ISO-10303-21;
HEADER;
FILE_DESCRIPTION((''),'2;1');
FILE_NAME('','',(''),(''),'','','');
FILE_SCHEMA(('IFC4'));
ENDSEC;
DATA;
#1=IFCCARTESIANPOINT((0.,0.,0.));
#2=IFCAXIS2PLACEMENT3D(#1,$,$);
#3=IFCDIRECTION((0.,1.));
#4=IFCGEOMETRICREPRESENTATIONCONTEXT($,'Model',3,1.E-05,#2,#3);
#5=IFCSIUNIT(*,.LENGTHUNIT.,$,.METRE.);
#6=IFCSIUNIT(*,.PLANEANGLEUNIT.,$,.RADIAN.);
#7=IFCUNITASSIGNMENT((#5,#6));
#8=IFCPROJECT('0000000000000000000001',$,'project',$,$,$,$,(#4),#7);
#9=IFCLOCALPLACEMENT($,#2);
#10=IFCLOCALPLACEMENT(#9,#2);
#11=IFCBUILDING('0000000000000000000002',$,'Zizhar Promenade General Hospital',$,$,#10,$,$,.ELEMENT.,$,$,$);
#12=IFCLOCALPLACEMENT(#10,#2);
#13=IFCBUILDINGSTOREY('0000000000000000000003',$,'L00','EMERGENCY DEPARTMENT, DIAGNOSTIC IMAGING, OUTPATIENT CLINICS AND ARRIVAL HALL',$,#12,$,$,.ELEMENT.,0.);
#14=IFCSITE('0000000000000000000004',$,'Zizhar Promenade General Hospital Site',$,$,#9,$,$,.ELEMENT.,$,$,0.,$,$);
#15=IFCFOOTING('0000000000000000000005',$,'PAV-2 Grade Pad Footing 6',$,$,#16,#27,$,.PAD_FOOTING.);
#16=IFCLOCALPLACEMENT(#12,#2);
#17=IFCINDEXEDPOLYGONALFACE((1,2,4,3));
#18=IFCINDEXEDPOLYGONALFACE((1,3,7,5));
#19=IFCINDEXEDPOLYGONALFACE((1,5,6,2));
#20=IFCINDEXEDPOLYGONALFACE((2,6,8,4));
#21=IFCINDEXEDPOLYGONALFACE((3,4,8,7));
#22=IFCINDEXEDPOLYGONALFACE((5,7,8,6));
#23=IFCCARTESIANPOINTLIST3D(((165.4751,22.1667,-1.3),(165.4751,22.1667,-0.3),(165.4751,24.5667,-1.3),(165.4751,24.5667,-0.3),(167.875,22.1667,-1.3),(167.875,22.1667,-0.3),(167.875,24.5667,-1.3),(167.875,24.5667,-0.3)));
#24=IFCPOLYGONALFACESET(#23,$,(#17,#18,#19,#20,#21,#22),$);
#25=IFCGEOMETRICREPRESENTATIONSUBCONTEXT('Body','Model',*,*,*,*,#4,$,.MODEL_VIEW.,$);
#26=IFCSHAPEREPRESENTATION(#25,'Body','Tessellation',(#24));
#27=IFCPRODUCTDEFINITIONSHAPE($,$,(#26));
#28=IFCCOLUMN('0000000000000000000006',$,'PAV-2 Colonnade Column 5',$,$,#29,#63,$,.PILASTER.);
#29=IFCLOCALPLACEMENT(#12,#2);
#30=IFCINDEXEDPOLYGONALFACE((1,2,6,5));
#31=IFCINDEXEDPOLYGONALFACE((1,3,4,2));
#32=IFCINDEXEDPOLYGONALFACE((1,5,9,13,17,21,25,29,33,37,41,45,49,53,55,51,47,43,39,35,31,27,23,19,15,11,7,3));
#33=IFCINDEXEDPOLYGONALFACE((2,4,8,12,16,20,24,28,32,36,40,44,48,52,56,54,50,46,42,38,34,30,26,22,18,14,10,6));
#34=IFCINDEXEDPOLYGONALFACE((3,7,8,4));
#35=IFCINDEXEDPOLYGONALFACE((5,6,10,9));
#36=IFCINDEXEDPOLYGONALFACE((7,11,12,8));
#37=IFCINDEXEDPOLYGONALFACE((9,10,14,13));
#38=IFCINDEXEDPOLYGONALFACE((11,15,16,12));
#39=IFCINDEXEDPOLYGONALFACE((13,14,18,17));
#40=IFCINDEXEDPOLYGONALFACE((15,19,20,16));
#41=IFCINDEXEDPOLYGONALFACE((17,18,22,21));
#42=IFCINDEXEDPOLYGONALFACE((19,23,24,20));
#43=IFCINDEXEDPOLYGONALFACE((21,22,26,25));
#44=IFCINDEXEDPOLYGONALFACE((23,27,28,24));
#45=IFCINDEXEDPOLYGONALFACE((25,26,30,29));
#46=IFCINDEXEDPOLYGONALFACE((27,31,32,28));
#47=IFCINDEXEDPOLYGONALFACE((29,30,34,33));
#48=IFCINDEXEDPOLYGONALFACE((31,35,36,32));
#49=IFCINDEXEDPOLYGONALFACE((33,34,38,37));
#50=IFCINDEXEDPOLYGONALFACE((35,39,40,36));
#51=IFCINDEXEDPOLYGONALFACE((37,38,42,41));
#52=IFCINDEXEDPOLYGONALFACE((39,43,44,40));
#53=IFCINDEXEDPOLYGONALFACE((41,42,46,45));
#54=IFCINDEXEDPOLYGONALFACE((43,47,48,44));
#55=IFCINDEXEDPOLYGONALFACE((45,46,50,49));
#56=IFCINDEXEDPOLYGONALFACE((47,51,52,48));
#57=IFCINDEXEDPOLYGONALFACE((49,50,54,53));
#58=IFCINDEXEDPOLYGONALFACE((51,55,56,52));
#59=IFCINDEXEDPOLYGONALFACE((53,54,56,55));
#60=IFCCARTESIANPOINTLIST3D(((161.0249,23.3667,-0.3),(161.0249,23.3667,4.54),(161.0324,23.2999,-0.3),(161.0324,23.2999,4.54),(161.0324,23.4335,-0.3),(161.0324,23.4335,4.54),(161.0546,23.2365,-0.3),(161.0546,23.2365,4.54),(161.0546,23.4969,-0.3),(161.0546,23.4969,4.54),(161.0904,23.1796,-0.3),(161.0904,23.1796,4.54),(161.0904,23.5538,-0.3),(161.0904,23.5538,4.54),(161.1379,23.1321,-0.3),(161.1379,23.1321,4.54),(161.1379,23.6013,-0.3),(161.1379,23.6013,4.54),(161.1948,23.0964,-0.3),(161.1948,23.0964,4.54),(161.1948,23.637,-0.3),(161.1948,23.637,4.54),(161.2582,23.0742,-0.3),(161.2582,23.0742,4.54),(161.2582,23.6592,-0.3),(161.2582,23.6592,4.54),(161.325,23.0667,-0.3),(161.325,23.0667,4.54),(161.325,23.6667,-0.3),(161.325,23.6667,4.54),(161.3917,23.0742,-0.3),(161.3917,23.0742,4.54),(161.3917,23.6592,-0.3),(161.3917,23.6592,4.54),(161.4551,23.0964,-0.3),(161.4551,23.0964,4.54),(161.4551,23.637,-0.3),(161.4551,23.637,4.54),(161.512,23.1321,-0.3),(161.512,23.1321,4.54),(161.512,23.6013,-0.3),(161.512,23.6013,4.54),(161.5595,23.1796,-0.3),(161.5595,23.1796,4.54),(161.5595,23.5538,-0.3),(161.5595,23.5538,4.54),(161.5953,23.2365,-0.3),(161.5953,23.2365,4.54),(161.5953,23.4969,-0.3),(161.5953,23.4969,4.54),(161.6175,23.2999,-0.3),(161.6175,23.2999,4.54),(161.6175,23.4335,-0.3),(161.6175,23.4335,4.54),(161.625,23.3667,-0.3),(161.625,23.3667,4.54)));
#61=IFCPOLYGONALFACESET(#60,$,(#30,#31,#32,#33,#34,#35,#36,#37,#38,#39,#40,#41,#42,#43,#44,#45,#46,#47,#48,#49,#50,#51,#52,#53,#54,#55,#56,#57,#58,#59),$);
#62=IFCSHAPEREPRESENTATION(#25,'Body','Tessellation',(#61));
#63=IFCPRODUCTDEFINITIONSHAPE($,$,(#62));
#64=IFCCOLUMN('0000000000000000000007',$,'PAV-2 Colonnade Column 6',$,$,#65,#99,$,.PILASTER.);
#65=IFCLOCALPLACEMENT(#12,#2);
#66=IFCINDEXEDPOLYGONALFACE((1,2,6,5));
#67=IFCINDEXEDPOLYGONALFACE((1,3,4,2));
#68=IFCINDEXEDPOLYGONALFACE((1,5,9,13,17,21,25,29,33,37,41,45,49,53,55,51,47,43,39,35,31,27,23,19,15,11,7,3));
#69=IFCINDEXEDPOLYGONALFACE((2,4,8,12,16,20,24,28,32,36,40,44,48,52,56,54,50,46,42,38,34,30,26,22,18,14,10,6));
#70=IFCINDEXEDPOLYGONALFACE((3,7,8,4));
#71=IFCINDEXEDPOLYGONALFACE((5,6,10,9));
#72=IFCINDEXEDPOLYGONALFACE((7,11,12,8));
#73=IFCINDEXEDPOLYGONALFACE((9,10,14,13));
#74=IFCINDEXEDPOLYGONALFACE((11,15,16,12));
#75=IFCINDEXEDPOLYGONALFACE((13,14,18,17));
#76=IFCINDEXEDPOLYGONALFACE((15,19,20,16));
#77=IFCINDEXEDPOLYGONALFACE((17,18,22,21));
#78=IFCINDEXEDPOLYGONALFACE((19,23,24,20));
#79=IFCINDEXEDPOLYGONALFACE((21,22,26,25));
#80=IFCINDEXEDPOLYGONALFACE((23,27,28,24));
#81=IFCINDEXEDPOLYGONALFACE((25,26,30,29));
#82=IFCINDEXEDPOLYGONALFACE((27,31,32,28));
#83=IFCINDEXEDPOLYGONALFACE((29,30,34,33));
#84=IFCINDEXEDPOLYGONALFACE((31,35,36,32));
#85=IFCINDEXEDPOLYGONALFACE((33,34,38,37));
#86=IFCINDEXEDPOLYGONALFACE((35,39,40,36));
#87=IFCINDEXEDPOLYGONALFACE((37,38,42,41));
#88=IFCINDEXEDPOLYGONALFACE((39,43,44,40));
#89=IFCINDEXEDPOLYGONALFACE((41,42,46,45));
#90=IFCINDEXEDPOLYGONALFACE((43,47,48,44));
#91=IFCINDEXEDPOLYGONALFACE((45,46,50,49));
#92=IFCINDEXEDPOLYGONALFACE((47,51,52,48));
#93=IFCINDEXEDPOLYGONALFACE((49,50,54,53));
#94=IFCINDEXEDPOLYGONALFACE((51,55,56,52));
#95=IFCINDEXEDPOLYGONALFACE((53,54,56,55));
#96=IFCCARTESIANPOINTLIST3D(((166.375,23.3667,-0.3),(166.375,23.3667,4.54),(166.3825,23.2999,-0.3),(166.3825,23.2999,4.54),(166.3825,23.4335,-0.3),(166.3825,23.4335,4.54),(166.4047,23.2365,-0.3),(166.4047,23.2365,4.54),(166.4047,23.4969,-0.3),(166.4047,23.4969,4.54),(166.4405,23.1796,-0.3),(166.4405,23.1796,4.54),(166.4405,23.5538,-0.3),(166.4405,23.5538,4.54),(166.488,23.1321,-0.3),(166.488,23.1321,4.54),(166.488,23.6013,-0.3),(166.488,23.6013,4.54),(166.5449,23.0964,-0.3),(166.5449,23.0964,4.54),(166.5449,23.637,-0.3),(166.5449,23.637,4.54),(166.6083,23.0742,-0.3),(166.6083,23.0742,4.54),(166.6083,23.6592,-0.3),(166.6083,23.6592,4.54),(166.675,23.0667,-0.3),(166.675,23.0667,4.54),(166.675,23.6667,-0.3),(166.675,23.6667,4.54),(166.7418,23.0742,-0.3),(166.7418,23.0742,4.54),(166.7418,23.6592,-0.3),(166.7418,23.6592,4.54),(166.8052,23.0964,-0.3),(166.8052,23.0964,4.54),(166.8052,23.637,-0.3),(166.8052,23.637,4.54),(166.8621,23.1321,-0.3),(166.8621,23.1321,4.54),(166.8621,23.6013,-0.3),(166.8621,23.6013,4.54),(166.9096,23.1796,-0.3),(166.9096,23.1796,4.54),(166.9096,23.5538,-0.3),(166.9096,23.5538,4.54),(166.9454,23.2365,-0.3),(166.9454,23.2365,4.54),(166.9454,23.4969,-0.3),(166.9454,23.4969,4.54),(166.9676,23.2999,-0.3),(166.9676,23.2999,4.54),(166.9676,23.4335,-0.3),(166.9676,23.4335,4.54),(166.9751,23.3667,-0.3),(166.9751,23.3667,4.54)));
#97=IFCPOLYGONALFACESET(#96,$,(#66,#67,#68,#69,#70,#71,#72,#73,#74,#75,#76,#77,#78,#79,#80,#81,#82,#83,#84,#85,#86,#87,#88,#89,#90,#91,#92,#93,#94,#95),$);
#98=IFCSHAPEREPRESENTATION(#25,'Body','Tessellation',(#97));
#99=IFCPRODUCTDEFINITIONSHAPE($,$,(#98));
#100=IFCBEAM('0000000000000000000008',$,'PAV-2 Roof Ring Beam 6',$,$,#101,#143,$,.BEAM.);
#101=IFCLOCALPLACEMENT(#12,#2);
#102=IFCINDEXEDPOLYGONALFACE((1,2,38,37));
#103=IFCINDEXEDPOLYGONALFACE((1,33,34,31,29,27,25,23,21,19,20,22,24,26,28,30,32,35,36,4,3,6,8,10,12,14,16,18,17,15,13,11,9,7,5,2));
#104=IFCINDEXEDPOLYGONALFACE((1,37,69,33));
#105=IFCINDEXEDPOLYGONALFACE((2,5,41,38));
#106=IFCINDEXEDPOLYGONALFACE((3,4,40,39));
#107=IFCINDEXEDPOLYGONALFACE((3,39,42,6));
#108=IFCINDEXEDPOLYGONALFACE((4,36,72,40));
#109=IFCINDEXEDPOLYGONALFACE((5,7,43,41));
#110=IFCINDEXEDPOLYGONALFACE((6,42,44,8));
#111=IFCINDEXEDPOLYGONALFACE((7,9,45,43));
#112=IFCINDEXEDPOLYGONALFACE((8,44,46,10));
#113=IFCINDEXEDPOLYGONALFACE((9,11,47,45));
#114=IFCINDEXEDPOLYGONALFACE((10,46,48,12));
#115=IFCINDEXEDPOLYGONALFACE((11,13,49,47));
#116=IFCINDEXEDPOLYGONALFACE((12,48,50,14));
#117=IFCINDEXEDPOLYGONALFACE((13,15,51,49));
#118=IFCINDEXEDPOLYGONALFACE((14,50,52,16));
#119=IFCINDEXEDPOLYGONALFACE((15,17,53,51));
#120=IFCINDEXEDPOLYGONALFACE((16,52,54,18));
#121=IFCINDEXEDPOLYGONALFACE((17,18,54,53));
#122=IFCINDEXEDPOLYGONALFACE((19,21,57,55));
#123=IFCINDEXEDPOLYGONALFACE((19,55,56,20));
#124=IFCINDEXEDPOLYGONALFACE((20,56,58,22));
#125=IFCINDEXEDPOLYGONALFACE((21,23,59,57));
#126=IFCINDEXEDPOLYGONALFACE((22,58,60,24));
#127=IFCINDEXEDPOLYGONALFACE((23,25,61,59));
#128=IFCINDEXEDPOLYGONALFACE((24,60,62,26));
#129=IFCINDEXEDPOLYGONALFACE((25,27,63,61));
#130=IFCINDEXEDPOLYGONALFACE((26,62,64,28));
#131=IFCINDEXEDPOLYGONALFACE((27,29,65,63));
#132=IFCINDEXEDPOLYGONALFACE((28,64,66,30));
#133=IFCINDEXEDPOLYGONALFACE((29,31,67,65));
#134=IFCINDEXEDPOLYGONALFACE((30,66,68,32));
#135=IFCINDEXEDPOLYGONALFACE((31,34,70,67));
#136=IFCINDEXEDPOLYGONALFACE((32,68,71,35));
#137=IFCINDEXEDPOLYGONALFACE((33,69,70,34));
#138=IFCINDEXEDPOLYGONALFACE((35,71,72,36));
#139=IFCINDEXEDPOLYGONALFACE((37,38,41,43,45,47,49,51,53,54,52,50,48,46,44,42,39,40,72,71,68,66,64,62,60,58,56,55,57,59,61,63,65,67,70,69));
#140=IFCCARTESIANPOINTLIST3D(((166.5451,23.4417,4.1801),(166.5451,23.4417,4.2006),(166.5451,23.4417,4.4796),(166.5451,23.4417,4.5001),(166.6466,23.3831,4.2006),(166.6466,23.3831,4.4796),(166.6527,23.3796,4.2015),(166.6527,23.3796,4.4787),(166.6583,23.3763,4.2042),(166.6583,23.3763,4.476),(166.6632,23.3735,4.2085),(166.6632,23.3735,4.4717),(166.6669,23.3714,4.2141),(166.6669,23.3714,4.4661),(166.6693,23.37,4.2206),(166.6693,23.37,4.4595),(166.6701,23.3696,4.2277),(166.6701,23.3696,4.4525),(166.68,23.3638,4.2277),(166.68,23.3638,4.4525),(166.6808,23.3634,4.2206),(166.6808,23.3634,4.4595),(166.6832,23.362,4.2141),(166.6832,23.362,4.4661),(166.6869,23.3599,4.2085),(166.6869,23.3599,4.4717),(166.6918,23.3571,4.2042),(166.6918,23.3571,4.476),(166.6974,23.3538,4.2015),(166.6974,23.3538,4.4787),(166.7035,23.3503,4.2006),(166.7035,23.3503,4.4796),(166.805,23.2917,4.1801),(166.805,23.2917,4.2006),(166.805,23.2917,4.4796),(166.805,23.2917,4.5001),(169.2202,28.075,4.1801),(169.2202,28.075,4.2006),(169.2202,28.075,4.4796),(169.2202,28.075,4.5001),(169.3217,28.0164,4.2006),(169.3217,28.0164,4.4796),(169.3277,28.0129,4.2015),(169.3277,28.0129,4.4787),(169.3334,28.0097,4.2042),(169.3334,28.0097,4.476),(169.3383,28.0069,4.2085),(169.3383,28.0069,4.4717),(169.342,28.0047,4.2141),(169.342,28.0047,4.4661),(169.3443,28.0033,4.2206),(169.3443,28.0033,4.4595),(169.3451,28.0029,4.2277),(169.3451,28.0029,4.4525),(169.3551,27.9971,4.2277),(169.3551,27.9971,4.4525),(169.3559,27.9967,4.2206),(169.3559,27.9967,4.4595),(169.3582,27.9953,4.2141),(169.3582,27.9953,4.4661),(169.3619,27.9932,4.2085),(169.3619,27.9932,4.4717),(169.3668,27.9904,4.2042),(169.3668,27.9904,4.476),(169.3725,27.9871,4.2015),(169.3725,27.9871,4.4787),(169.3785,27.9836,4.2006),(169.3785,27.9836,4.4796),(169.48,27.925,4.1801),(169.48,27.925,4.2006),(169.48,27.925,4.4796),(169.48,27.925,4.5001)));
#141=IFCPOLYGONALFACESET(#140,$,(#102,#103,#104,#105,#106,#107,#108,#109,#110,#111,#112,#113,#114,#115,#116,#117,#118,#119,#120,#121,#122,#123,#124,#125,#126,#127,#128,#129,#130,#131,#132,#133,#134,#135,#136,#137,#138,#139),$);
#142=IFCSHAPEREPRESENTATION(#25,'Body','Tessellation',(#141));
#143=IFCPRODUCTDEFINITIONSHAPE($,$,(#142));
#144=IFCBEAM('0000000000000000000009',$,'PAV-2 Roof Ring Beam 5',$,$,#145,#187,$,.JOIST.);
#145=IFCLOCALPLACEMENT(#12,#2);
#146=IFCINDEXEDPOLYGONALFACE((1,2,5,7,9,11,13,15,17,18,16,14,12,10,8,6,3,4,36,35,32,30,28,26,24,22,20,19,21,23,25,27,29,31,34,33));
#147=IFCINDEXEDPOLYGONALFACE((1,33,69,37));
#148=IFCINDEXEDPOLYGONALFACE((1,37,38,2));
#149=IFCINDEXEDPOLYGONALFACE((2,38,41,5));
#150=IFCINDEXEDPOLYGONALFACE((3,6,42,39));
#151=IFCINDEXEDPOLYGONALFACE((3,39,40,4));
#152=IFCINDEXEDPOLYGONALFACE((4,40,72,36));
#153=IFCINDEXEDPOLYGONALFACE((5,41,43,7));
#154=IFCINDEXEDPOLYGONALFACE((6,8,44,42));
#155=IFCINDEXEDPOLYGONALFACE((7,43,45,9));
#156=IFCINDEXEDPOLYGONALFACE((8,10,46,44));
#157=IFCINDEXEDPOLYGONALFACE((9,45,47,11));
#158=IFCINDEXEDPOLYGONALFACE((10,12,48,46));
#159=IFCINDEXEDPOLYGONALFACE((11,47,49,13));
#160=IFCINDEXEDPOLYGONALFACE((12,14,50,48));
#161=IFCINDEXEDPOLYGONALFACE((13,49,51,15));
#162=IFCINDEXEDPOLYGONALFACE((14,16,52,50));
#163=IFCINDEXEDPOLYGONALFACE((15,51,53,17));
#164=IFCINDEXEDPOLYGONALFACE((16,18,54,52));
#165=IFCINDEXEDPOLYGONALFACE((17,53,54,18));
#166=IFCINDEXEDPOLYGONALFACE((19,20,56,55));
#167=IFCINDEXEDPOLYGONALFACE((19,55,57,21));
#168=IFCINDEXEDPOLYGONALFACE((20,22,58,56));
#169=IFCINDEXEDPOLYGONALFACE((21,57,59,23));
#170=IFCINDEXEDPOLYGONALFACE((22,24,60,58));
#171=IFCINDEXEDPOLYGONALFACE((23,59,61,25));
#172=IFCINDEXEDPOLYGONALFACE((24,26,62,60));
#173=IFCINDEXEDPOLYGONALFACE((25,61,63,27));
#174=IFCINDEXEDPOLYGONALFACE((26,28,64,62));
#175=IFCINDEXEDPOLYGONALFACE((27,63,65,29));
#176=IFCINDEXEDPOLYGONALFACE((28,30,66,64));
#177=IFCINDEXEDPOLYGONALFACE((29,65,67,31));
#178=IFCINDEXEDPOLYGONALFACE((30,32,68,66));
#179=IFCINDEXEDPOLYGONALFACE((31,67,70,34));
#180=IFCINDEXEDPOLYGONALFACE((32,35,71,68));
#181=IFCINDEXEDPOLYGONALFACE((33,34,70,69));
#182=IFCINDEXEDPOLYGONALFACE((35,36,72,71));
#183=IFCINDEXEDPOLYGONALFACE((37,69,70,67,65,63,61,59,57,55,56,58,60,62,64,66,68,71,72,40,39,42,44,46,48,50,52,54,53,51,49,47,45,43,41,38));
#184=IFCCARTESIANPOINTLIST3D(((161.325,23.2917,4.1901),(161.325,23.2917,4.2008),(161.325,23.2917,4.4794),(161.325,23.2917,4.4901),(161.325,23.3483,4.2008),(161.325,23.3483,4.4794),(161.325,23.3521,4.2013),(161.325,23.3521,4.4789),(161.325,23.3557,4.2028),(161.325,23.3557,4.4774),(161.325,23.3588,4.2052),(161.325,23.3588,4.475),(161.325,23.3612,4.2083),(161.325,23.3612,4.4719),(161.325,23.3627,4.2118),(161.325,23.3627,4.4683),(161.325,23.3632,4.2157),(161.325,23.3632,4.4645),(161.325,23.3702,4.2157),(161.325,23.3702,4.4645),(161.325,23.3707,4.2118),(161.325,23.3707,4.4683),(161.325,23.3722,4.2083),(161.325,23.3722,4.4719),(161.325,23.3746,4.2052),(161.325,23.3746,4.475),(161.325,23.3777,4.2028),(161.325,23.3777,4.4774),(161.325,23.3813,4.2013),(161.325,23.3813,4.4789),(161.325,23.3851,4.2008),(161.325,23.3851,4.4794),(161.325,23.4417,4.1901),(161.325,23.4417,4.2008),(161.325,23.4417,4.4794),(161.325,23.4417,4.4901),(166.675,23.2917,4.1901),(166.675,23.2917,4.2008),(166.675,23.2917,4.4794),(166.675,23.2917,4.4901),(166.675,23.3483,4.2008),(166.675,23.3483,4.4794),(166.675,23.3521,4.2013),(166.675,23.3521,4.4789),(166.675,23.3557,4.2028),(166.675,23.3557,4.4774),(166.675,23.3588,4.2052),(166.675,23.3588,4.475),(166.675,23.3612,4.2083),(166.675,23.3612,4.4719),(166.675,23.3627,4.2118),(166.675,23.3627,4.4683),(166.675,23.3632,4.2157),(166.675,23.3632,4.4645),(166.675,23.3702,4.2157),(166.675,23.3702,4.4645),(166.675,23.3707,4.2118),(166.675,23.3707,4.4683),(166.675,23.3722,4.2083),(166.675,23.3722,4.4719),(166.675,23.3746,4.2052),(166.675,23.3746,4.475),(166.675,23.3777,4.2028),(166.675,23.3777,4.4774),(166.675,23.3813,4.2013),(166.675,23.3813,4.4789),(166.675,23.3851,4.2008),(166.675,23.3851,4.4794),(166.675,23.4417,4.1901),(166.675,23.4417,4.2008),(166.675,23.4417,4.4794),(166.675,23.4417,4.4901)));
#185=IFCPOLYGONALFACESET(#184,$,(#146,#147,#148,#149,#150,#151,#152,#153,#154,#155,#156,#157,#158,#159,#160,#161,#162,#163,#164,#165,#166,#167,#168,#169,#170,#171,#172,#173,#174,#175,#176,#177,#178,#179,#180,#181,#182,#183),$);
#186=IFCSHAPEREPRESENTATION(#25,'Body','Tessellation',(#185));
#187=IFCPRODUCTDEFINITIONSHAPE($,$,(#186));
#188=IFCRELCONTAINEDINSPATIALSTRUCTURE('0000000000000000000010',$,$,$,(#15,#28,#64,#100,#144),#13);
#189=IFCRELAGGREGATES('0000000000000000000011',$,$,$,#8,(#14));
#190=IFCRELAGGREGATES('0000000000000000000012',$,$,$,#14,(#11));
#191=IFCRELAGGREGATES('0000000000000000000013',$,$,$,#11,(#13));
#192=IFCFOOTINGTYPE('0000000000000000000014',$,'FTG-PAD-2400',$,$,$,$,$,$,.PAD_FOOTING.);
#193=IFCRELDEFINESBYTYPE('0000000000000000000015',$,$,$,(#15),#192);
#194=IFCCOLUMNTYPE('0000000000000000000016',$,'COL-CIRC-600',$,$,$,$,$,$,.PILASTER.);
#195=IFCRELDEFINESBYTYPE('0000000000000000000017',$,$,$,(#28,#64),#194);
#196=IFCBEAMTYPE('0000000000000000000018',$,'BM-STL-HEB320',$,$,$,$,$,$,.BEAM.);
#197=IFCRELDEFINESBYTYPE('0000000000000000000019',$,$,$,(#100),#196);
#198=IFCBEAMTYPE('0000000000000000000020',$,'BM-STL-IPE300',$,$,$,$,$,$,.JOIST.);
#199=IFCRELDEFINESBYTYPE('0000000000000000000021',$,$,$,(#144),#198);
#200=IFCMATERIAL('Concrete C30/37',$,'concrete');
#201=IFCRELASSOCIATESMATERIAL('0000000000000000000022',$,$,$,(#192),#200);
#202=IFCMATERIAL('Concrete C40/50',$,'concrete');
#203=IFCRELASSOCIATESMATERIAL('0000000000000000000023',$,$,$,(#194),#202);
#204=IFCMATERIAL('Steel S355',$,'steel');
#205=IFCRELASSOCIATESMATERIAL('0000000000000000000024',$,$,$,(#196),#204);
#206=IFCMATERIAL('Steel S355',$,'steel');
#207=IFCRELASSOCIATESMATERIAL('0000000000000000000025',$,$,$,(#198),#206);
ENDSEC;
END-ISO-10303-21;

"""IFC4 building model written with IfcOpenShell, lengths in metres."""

from ifc_helpers import new_model, si_unit, direction, frame, origin, origin_2d, place, context, subcontext, project, spatial, rectangle, circle, i_section, extrude, material, material_profile, profile_set, type_object, element, save


model = new_model("IFC4")

# Units and contexts
model_context = context("Model", 3, precision=1e-05, world=origin(), true_north=direction((0.0, 1.0)))
body_context = subcontext(model_context, "Body", "Model", "MODEL_VIEW")
ifc_project = project(units=[si_unit("LENGTHUNIT", "METRE"), si_unit("PLANEANGLEUNIT", "RADIAN")], contexts=[model_context])

# Site, building, storey
site_placement = place(None, origin())
site = spatial("IfcSite", under=ifc_project, at=site_placement, Name="Zizhar Promenade General Hospital Site", CompositionType="ELEMENT", RefElevation=0.0)
building_placement = place(site_placement, origin())
building = spatial("IfcBuilding", under=site, at=building_placement, Name="Zizhar Promenade General Hospital", CompositionType="ELEMENT")
storey_placement = place(building_placement, origin())
storey = spatial("IfcBuildingStorey", under=building, at=storey_placement, Name="L00", Description="EMERGENCY DEPARTMENT, DIAGNOSTIC IMAGING, OUTPATIENT CLINICS AND ARRIVAL HALL", CompositionType="ELEMENT", Elevation=0.0)

# Footing
ifc_material_1 = material(Name="Concrete C30/37", Category="concrete")
footing_type = type_object("IfcFootingType", Name="FTG-PAD-2400", PredefinedType="PAD_FOOTING", material=ifc_material_1)
footing_placement = place(storey_placement, frame((166.675, 23.3667, -1.3), z_axis=(0.0, 0.0, 1.0), x_axis=(1.0, 0.0, 0.0)))
element("IfcFooting", 1, at=footing_placement, inside=storey, type_object=footing_type, Name="PAV-2 Grade Pad Footing 6", PredefinedType="PAD_FOOTING", context=body_context, shape_type="SweptSolid", body=[
    extrude(rectangle(XDim=2.3999, YDim=2.3999, at=origin_2d()), origin(), (0.0, 0.0, 1.0), 1.0),
])

# Columns
ifc_material_2 = material(Name="Concrete C40/50", Category="concrete")
ifc_material_profile_1 = material_profile(ifc_material_2, circle(Radius=0.3, at=origin_2d()))
ifc_profile_set_1 = profile_set([ifc_material_profile_1], Name="Concrete C40/50")
column_type = type_object("IfcColumnType", Name="COL-CIRC-600", PredefinedType="PILASTER", material=ifc_profile_set_1)
for number, where, z_axis, x_axis, name in (
    (2, (161.325, 23.3667, -0.3), (0.0, 0.0, 1.0), (1.0, 0.0, 0.0), "PAV-2 Colonnade Column 5"),
    (3, (166.675, 23.3667, -0.3), (0.0, 0.0, 1.0), (1.0, 0.0, 0.0), "PAV-2 Colonnade Column 6"),
):
    element("IfcColumn", number, at=place(storey_placement, frame(where, z_axis=z_axis, x_axis=x_axis)), inside=storey, type_object=column_type, Name=name, PredefinedType="PILASTER", context=body_context, shape_type="SweptSolid", body=[
        extrude(circle(Radius=0.3, at=origin_2d()), origin(), (0.0, 0.0, 1.0), 4.8401),
    ])

# Beams
ifc_material_3 = material(Name="Steel S355", Category="steel")
ifc_material_profile_2 = material_profile(ifc_material_3, i_section(OverallWidth=0.3, OverallDepth=0.3201, WebThickness=0.0115, FlangeThickness=0.0205, FilletRadius=0.0271, at=origin_2d()))
ifc_profile_set_2 = profile_set([ifc_material_profile_2], Name="Steel S355")
beam_type_1 = type_object("IfcBeamType", Name="BM-STL-HEB320", PredefinedType="BEAM", material=ifc_profile_set_2)
beam_1_placement = place(storey_placement, frame((166.675, 23.3667, 4.3401), z_axis=(0.500002, 0.866024, 0.0), x_axis=(-0.866024, 0.500002, 0.0)))
element("IfcBeam", 4, at=beam_1_placement, inside=storey, type_object=beam_type_1, Name="PAV-2 Roof Ring Beam 6", PredefinedType="BEAM", context=body_context, shape_type="SweptSolid", body=[
    extrude(i_section(OverallWidth=0.3, OverallDepth=0.3201, WebThickness=0.0115, FlangeThickness=0.0205, FilletRadius=0.0271, at=origin_2d()), origin(), (0.0, 0.0, 1.0), 5.3501),
])
ifc_material_4 = material(Name="Steel S355", Category="steel")
ifc_material_profile_3 = material_profile(ifc_material_4, i_section(OverallWidth=0.1499, OverallDepth=0.3, WebThickness=0.0071, FlangeThickness=0.0107, FilletRadius=0.0149, at=origin_2d()))
ifc_profile_set_3 = profile_set([ifc_material_profile_3], Name="Steel S355")
beam_type_2 = type_object("IfcBeamType", Name="BM-STL-IPE300", PredefinedType="JOIST", material=ifc_profile_set_3)
beam_2_placement = place(storey_placement, frame((161.325, 23.3667, 4.3401), z_axis=(1.0, 0.0, 0.0), x_axis=(0.0, 1.0, 0.0)))
element("IfcBeam", 5, at=beam_2_placement, inside=storey, type_object=beam_type_2, Name="PAV-2 Roof Ring Beam 5", PredefinedType="JOIST", context=body_context, shape_type="SweptSolid", body=[
    extrude(i_section(OverallWidth=0.1499, OverallDepth=0.3, WebThickness=0.0071, FlangeThickness=0.0107, FilletRadius=0.0149, at=origin_2d()), origin(), (0.0, 0.0, 1.0), 5.3501),
])

save(model, "model.ifc")
